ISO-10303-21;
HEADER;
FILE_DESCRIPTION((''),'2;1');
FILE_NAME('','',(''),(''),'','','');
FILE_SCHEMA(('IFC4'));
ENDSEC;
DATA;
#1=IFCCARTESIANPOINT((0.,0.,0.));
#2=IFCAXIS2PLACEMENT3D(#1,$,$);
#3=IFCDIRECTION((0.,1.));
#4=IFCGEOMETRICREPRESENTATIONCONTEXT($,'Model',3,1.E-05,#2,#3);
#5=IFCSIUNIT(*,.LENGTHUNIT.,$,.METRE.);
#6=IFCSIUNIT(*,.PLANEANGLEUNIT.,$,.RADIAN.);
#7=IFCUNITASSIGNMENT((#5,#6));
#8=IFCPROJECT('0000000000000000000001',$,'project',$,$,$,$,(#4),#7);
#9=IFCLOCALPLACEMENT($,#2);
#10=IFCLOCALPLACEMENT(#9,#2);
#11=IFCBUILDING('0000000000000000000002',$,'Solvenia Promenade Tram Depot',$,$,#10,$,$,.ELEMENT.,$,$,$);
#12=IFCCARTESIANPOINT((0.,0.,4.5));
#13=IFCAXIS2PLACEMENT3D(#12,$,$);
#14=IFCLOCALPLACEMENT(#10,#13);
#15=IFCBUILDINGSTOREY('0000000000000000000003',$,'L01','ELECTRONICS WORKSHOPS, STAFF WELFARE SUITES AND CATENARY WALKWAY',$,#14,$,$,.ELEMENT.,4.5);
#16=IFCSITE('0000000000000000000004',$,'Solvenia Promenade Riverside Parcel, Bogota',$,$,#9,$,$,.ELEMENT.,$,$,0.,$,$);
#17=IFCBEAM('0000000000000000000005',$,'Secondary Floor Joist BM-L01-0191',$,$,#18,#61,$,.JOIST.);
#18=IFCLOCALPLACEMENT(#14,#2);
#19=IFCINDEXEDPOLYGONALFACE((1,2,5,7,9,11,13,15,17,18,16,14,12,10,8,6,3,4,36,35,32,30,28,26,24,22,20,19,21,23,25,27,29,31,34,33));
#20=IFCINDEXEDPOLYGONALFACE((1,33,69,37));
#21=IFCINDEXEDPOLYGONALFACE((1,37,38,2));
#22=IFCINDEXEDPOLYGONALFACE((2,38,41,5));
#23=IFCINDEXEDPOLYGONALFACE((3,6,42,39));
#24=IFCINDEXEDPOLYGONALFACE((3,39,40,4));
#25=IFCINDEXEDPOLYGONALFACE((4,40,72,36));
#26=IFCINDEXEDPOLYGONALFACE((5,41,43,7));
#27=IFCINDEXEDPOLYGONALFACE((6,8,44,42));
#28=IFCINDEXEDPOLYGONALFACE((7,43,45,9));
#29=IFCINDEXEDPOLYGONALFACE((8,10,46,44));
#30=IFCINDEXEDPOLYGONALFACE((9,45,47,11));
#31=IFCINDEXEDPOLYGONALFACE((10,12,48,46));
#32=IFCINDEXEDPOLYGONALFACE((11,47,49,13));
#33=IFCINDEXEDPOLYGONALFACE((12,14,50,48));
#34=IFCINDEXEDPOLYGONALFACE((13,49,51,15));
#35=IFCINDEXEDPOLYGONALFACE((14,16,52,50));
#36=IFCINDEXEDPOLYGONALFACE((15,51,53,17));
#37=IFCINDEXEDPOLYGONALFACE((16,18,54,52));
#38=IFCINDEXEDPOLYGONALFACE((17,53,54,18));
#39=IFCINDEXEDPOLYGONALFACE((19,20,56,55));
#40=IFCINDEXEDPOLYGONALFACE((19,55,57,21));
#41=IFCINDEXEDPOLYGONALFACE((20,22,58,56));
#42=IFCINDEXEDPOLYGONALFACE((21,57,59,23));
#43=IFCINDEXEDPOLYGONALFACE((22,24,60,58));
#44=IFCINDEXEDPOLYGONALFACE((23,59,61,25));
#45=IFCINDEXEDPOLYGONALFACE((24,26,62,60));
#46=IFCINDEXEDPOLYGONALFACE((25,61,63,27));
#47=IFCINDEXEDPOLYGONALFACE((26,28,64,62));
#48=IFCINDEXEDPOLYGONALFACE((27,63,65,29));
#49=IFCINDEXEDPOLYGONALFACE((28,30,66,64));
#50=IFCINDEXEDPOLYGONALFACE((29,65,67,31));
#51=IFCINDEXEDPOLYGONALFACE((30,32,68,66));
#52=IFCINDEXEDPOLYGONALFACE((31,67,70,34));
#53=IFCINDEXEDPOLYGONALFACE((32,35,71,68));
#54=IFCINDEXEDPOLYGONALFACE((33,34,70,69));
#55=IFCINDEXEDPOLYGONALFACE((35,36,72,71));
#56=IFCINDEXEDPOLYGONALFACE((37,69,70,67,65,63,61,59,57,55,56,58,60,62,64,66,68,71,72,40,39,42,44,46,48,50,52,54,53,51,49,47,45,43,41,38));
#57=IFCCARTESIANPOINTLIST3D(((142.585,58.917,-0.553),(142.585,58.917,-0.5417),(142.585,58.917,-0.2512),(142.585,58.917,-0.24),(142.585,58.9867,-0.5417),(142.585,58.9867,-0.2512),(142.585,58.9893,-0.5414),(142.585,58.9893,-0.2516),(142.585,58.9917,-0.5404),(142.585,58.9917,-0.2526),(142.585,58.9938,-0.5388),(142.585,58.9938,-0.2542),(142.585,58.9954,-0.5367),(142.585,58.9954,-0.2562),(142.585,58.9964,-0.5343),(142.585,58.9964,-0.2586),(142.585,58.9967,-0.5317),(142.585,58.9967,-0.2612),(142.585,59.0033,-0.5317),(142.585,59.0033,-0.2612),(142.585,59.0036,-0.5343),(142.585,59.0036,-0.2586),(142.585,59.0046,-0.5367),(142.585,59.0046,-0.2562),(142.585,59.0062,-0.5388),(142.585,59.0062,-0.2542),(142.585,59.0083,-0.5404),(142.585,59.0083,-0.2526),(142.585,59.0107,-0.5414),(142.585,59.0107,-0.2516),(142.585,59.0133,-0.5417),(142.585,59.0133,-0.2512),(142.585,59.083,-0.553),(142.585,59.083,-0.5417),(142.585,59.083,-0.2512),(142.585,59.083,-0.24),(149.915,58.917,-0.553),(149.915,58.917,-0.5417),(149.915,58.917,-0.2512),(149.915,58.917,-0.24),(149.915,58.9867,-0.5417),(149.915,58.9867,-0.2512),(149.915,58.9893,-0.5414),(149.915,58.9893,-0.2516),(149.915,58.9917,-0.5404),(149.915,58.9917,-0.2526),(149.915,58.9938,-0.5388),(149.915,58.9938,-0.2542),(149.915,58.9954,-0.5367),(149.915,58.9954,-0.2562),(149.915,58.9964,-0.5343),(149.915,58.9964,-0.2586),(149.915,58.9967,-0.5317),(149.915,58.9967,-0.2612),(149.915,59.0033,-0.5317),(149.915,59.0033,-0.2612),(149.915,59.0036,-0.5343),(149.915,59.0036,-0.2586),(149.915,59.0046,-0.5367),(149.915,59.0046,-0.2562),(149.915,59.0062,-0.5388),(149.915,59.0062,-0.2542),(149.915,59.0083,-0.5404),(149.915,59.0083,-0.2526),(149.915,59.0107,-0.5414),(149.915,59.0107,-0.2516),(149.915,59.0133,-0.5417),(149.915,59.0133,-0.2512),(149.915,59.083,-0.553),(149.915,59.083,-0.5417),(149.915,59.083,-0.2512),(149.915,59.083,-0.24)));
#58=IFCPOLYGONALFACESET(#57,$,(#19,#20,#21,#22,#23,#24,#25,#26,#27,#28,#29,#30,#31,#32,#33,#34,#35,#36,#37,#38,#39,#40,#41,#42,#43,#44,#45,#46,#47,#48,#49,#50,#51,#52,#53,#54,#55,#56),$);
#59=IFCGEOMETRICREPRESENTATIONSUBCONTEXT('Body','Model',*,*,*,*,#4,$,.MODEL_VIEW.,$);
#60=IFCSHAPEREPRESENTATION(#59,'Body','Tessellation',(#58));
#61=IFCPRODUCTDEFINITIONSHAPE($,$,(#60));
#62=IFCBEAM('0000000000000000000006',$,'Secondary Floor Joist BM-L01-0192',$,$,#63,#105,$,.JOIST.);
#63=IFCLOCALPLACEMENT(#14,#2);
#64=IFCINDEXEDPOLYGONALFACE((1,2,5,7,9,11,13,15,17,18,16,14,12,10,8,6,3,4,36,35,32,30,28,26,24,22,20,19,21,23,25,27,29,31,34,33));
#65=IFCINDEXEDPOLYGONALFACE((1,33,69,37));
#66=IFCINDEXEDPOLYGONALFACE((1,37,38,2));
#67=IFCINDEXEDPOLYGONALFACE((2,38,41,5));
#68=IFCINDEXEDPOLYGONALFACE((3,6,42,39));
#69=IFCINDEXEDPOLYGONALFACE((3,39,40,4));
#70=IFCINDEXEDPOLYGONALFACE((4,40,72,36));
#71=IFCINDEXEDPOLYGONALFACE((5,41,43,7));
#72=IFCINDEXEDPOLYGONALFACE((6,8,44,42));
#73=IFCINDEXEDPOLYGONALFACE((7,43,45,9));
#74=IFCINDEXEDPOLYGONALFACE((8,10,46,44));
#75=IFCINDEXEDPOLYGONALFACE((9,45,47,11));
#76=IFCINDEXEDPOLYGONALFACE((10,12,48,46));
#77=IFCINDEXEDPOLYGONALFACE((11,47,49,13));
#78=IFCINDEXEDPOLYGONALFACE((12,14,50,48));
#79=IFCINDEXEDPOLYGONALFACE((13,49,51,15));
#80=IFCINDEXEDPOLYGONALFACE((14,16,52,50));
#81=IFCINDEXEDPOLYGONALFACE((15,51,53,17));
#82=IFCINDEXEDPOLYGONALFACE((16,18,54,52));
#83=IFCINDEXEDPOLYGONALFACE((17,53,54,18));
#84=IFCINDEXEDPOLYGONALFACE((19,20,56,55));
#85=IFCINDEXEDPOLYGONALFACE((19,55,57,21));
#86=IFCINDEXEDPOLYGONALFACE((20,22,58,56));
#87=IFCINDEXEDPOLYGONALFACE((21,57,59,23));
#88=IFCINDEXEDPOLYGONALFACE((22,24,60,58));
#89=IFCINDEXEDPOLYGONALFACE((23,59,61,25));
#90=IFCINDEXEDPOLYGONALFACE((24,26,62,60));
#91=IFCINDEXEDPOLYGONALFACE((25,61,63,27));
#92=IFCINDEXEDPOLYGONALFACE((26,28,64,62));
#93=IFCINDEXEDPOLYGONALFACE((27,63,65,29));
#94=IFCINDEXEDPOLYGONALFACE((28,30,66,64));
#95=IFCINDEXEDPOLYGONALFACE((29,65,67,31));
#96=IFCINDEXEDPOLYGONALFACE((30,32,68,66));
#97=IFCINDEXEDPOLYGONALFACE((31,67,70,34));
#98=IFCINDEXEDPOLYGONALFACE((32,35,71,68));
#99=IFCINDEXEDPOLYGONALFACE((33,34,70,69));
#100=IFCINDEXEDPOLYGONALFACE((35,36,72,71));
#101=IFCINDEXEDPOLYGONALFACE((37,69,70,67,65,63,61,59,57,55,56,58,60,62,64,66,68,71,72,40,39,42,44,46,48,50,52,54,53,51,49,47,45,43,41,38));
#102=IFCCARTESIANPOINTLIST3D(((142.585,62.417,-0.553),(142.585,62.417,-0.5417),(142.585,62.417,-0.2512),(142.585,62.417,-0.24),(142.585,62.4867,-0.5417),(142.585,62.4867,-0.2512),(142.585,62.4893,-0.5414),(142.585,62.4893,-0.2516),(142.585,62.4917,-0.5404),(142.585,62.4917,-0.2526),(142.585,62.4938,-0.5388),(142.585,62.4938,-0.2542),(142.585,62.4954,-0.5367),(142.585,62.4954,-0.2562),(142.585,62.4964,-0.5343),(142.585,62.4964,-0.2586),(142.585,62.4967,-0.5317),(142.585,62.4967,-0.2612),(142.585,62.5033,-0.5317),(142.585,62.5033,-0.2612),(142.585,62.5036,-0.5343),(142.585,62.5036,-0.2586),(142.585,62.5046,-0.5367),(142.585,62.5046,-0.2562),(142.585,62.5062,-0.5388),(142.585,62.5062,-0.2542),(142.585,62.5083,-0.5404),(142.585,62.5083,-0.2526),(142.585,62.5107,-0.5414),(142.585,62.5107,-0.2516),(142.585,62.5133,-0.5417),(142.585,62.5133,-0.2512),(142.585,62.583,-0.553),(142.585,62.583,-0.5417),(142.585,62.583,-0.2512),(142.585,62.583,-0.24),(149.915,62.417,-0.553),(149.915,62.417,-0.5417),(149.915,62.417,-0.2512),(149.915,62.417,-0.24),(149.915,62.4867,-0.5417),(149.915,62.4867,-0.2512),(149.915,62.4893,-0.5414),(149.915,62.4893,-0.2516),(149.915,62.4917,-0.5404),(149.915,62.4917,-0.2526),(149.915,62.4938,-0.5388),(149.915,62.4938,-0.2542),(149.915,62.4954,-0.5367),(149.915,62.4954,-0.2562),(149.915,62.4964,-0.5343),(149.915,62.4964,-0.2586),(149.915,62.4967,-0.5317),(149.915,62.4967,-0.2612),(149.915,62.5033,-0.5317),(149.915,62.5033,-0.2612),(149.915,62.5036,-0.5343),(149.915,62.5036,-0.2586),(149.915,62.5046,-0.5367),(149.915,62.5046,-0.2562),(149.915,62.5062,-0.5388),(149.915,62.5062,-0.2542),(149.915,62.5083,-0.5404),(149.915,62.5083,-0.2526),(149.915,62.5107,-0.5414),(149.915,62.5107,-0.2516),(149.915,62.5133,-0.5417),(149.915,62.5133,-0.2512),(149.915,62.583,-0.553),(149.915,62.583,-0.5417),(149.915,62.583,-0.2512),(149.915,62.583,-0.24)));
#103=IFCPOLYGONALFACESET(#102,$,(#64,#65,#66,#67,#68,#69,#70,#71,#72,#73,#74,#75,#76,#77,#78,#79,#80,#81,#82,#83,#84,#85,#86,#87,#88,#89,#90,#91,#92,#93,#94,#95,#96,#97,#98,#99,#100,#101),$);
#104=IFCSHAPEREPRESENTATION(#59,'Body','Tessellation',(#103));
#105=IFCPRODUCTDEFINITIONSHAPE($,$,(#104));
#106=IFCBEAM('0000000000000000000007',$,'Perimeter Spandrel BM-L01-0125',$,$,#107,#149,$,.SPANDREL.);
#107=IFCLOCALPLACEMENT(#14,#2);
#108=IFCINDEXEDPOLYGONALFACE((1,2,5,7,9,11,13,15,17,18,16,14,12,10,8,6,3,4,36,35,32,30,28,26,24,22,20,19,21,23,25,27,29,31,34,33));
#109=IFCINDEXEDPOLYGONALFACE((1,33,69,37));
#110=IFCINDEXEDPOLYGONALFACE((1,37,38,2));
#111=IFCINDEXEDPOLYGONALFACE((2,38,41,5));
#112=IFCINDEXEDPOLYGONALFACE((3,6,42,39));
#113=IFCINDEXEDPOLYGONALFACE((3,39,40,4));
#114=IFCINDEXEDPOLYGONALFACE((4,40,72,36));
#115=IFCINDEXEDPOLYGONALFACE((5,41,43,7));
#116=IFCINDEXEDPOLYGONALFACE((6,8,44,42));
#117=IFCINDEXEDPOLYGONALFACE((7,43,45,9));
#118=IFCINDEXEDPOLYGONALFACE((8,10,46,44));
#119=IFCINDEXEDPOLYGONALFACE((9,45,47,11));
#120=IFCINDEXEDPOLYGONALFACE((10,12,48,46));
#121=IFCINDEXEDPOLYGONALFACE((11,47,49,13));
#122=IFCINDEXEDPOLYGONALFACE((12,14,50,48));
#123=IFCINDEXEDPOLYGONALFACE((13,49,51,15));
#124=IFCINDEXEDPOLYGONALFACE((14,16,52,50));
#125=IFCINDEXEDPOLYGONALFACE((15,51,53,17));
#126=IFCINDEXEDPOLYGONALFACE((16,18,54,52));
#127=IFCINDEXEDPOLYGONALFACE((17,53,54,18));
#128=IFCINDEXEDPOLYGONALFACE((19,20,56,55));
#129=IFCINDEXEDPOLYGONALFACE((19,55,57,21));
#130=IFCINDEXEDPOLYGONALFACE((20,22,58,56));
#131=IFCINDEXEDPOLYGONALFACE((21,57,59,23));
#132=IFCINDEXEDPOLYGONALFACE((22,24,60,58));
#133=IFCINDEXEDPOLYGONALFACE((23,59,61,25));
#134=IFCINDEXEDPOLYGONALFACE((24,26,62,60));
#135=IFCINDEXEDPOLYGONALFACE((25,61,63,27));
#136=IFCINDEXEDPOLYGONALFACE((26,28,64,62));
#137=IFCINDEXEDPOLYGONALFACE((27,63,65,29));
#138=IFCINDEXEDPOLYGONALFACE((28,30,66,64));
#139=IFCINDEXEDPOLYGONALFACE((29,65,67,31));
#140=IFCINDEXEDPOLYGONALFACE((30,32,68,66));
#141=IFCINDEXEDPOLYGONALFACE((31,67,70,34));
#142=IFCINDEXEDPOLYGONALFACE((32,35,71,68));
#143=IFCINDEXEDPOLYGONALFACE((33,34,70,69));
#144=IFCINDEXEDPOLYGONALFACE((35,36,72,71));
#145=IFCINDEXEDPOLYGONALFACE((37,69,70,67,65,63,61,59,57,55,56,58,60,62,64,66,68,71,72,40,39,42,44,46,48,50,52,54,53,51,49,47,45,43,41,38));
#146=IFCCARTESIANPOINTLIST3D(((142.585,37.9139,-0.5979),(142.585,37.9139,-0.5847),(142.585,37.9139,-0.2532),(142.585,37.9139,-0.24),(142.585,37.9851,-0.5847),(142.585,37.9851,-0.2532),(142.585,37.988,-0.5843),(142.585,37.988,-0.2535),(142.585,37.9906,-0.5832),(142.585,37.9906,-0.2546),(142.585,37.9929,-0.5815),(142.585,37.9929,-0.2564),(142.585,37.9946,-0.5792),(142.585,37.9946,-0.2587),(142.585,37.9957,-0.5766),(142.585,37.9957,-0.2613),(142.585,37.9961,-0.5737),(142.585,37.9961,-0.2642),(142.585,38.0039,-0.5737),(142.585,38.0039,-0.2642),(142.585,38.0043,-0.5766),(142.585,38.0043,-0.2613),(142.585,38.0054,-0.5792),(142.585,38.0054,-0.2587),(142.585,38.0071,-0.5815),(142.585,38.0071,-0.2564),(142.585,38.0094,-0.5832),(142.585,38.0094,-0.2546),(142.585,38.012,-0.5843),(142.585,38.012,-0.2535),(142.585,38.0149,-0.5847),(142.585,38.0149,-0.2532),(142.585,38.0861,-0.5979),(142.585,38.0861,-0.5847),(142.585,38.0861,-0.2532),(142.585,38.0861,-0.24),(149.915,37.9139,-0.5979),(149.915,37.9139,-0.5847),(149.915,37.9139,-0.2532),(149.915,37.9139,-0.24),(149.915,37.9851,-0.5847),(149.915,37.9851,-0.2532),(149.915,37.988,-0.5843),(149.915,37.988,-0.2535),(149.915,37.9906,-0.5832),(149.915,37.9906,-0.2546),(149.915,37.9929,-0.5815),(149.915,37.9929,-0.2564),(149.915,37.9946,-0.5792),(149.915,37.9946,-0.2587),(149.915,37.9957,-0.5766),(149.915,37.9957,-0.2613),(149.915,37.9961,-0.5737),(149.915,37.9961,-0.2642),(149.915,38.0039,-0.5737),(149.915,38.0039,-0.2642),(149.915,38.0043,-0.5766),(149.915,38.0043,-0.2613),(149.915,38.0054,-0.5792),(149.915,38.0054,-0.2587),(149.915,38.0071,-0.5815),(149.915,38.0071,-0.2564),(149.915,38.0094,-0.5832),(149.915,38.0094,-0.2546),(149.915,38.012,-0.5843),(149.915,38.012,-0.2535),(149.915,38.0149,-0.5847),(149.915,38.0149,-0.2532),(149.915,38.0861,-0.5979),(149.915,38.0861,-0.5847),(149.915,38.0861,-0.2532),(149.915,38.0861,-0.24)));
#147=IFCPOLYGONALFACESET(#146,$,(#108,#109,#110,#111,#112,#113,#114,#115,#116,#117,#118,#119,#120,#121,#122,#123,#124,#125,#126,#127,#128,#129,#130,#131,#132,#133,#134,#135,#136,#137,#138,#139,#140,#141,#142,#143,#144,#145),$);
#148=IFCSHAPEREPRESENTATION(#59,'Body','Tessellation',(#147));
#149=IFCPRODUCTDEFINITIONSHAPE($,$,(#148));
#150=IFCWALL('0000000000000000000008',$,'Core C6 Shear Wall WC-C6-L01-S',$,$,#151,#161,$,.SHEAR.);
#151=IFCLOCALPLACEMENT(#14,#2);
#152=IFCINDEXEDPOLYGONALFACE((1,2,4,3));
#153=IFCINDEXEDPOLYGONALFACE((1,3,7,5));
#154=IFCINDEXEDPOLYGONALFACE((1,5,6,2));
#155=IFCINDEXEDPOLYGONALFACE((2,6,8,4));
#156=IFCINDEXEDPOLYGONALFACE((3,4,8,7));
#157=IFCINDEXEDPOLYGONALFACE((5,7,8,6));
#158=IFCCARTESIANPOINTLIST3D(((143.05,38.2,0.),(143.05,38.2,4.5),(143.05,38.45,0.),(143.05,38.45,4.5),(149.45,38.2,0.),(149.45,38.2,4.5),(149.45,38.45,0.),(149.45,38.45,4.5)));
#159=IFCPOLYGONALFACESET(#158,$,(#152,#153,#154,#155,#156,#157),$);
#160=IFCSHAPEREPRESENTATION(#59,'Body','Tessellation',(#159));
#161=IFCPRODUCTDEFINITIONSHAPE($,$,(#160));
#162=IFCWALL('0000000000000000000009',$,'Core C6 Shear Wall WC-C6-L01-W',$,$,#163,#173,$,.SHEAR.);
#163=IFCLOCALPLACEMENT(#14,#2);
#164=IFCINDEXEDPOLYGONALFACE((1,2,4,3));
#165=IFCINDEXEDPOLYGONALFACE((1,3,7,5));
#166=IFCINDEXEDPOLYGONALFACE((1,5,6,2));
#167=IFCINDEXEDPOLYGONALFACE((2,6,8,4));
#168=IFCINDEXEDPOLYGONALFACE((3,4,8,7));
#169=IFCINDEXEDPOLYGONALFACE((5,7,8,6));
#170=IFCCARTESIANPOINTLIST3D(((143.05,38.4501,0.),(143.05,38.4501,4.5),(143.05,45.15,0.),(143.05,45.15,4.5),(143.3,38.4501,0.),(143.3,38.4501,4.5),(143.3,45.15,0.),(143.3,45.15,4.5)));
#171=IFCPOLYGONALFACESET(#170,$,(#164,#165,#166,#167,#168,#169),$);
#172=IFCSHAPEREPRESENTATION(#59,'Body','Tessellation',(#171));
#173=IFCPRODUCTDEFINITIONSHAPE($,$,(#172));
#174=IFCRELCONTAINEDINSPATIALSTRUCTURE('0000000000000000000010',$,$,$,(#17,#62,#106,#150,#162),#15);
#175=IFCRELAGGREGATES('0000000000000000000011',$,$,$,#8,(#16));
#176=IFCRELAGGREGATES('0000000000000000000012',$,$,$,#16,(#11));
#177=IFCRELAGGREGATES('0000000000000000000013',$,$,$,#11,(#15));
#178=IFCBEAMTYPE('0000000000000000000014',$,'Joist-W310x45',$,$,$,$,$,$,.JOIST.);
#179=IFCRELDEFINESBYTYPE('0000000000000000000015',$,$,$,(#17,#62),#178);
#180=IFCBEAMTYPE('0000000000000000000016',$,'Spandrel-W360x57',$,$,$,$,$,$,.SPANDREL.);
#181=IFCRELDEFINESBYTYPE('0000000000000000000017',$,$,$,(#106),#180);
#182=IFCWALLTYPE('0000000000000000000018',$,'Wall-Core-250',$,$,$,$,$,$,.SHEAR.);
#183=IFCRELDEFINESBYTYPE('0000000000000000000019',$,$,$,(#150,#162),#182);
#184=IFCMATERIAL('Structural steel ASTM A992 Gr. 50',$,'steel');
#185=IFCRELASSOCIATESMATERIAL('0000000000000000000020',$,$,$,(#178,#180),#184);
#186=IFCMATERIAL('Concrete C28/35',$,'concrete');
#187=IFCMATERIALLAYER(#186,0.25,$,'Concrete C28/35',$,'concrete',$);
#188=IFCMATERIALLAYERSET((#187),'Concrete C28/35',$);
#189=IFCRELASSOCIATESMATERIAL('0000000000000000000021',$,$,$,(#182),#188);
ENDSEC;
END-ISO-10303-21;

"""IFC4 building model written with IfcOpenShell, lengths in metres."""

from ifc_helpers import new_model, si_unit, direction, frame, frame_2d, origin, origin_2d, place, context, subcontext, project, spatial, rectangle, i_section, extrude, material, layer, layer_set, material_profile, profile_set, type_object, element, save


model = new_model("IFC4")

# Units and contexts
model_context = context("Model", 3, precision=1e-05, world=origin(), true_north=direction((0.0, 1.0)))
body_context = subcontext(model_context, "Body", "Model", "MODEL_VIEW")
ifc_project = project(units=[si_unit("LENGTHUNIT", "METRE"), si_unit("PLANEANGLEUNIT", "RADIAN")], contexts=[model_context])

# Site, building, storey
site_placement = place(None, origin())
site = spatial("IfcSite", under=ifc_project, at=site_placement, Name="Solvenia Promenade Riverside Parcel, Bogota", CompositionType="ELEMENT", RefElevation=0.0)
building_placement = place(site_placement, origin())
building = spatial("IfcBuilding", under=site, at=building_placement, Name="Solvenia Promenade Tram Depot", CompositionType="ELEMENT")
storey_placement = place(building_placement, frame((0.0, 0.0, 4.5)))
storey = spatial("IfcBuildingStorey", under=building, at=storey_placement, Name="L01", Description="ELECTRONICS WORKSHOPS, STAFF WELFARE SUITES AND CATENARY WALKWAY", CompositionType="ELEMENT", Elevation=4.5)

# Shared definitions
ifc_material_1 = material(Name="Structural steel ASTM A992 Gr. 50", Category="steel")

# Beams
ifc_material_profile_1 = material_profile(ifc_material_1, i_section(OverallWidth=0.166, OverallDepth=0.313, WebThickness=0.0066, FlangeThickness=0.0112, FilletRadius=0.01, at=origin_2d()), Name="W310x45", Category="steel")
ifc_profile_set_1 = profile_set([ifc_material_profile_1], Name="Structural steel ASTM A992 Gr. 50")
beam_type_1 = type_object("IfcBeamType", Name="Joist-W310x45", PredefinedType="JOIST", material=ifc_profile_set_1)
for number, where, z_axis, x_axis, name in (
    (1, (142.585, 59.0, -0.3965), (1.0, 0.0, 0.0), (0.0, 1.0, 0.0), "Secondary Floor Joist BM-L01-0191"),
    (2, (142.585, 62.5, -0.3965), (1.0, 0.0, 0.0), (0.0, 1.0, 0.0), "Secondary Floor Joist BM-L01-0192"),
):
    element("IfcBeam", number, at=place(storey_placement, frame(where, z_axis=z_axis, x_axis=x_axis)), inside=storey, type_object=beam_type_1, Name=name, PredefinedType="JOIST", context=body_context, shape_type="SweptSolid", body=[
        extrude(i_section(OverallWidth=0.166, OverallDepth=0.313, WebThickness=0.0066, FlangeThickness=0.0112, FilletRadius=0.01, at=origin_2d()), origin(), (0.0, 0.0, 1.0), 7.3301),
    ])
ifc_material_profile_2 = material_profile(ifc_material_1, i_section(OverallWidth=0.1721, OverallDepth=0.3579, WebThickness=0.0078, FlangeThickness=0.0132, FilletRadius=0.011, at=origin_2d()), Name="W360x57", Category="steel")
ifc_profile_set_2 = profile_set([ifc_material_profile_2], Name="Structural steel ASTM A992 Gr. 50")
beam_type_2 = type_object("IfcBeamType", Name="Spandrel-W360x57", PredefinedType="SPANDREL", material=ifc_profile_set_2)
beam_placement = place(storey_placement, frame((142.585, 38.0, -0.4189), z_axis=(1.0, 0.0, 0.0), x_axis=(0.0, 1.0, 0.0)))
element("IfcBeam", 3, at=beam_placement, inside=storey, type_object=beam_type_2, Name="Perimeter Spandrel BM-L01-0125", PredefinedType="SPANDREL", context=body_context, shape_type="SweptSolid", body=[
    extrude(i_section(OverallWidth=0.1721, OverallDepth=0.3579, WebThickness=0.0078, FlangeThickness=0.0132, FilletRadius=0.011, at=origin_2d()), origin(), (0.0, 0.0, 1.0), 7.3301),
])

# Wall
ifc_material_2 = material(Name="Concrete C28/35", Category="concrete")
ifc_layer_1 = layer(ifc_material_2, 0.25, Name="Concrete C28/35", Category="concrete")
ifc_layer_set_1 = layer_set([ifc_layer_1], Name="Concrete C28/35")
wall_type_1 = type_object("IfcWallType", Name="Wall-Core-250", PredefinedType="SHEAR", material=ifc_layer_set_1)
wall_1_placement = place(storey_placement, frame((143.05, 38.325, 0.0), z_axis=(0.0, 0.0, 1.0), x_axis=(1.0, 0.0, 0.0)))
element("IfcWall", 4, at=wall_1_placement, inside=storey, type_object=wall_type_1, Name="Core C6 Shear Wall WC-C6-L01-S", PredefinedType="SHEAR", context=body_context, shape_type="SweptSolid", body=[
    extrude(rectangle(XDim=6.3999, YDim=0.25, at=frame_2d((3.2, 0.0))), origin(), (0.0, 0.0, 1.0), 4.5),
])

# Wall
wall_2_placement = place(storey_placement, frame((143.175, 38.45, 0.0), z_axis=(0.0, 0.0, 1.0), x_axis=(0.0, 1.0, 0.0)))
element("IfcWall", 5, at=wall_2_placement, inside=storey, type_object=wall_type_1, Name="Core C6 Shear Wall WC-C6-L01-W", PredefinedType="SHEAR", context=body_context, shape_type="SweptSolid", body=[
    extrude(rectangle(XDim=6.7, YDim=0.25, at=frame_2d((3.3501, 0.0))), origin(), (0.0, 0.0, 1.0), 4.5),
])

save(model, "model.ifc")
